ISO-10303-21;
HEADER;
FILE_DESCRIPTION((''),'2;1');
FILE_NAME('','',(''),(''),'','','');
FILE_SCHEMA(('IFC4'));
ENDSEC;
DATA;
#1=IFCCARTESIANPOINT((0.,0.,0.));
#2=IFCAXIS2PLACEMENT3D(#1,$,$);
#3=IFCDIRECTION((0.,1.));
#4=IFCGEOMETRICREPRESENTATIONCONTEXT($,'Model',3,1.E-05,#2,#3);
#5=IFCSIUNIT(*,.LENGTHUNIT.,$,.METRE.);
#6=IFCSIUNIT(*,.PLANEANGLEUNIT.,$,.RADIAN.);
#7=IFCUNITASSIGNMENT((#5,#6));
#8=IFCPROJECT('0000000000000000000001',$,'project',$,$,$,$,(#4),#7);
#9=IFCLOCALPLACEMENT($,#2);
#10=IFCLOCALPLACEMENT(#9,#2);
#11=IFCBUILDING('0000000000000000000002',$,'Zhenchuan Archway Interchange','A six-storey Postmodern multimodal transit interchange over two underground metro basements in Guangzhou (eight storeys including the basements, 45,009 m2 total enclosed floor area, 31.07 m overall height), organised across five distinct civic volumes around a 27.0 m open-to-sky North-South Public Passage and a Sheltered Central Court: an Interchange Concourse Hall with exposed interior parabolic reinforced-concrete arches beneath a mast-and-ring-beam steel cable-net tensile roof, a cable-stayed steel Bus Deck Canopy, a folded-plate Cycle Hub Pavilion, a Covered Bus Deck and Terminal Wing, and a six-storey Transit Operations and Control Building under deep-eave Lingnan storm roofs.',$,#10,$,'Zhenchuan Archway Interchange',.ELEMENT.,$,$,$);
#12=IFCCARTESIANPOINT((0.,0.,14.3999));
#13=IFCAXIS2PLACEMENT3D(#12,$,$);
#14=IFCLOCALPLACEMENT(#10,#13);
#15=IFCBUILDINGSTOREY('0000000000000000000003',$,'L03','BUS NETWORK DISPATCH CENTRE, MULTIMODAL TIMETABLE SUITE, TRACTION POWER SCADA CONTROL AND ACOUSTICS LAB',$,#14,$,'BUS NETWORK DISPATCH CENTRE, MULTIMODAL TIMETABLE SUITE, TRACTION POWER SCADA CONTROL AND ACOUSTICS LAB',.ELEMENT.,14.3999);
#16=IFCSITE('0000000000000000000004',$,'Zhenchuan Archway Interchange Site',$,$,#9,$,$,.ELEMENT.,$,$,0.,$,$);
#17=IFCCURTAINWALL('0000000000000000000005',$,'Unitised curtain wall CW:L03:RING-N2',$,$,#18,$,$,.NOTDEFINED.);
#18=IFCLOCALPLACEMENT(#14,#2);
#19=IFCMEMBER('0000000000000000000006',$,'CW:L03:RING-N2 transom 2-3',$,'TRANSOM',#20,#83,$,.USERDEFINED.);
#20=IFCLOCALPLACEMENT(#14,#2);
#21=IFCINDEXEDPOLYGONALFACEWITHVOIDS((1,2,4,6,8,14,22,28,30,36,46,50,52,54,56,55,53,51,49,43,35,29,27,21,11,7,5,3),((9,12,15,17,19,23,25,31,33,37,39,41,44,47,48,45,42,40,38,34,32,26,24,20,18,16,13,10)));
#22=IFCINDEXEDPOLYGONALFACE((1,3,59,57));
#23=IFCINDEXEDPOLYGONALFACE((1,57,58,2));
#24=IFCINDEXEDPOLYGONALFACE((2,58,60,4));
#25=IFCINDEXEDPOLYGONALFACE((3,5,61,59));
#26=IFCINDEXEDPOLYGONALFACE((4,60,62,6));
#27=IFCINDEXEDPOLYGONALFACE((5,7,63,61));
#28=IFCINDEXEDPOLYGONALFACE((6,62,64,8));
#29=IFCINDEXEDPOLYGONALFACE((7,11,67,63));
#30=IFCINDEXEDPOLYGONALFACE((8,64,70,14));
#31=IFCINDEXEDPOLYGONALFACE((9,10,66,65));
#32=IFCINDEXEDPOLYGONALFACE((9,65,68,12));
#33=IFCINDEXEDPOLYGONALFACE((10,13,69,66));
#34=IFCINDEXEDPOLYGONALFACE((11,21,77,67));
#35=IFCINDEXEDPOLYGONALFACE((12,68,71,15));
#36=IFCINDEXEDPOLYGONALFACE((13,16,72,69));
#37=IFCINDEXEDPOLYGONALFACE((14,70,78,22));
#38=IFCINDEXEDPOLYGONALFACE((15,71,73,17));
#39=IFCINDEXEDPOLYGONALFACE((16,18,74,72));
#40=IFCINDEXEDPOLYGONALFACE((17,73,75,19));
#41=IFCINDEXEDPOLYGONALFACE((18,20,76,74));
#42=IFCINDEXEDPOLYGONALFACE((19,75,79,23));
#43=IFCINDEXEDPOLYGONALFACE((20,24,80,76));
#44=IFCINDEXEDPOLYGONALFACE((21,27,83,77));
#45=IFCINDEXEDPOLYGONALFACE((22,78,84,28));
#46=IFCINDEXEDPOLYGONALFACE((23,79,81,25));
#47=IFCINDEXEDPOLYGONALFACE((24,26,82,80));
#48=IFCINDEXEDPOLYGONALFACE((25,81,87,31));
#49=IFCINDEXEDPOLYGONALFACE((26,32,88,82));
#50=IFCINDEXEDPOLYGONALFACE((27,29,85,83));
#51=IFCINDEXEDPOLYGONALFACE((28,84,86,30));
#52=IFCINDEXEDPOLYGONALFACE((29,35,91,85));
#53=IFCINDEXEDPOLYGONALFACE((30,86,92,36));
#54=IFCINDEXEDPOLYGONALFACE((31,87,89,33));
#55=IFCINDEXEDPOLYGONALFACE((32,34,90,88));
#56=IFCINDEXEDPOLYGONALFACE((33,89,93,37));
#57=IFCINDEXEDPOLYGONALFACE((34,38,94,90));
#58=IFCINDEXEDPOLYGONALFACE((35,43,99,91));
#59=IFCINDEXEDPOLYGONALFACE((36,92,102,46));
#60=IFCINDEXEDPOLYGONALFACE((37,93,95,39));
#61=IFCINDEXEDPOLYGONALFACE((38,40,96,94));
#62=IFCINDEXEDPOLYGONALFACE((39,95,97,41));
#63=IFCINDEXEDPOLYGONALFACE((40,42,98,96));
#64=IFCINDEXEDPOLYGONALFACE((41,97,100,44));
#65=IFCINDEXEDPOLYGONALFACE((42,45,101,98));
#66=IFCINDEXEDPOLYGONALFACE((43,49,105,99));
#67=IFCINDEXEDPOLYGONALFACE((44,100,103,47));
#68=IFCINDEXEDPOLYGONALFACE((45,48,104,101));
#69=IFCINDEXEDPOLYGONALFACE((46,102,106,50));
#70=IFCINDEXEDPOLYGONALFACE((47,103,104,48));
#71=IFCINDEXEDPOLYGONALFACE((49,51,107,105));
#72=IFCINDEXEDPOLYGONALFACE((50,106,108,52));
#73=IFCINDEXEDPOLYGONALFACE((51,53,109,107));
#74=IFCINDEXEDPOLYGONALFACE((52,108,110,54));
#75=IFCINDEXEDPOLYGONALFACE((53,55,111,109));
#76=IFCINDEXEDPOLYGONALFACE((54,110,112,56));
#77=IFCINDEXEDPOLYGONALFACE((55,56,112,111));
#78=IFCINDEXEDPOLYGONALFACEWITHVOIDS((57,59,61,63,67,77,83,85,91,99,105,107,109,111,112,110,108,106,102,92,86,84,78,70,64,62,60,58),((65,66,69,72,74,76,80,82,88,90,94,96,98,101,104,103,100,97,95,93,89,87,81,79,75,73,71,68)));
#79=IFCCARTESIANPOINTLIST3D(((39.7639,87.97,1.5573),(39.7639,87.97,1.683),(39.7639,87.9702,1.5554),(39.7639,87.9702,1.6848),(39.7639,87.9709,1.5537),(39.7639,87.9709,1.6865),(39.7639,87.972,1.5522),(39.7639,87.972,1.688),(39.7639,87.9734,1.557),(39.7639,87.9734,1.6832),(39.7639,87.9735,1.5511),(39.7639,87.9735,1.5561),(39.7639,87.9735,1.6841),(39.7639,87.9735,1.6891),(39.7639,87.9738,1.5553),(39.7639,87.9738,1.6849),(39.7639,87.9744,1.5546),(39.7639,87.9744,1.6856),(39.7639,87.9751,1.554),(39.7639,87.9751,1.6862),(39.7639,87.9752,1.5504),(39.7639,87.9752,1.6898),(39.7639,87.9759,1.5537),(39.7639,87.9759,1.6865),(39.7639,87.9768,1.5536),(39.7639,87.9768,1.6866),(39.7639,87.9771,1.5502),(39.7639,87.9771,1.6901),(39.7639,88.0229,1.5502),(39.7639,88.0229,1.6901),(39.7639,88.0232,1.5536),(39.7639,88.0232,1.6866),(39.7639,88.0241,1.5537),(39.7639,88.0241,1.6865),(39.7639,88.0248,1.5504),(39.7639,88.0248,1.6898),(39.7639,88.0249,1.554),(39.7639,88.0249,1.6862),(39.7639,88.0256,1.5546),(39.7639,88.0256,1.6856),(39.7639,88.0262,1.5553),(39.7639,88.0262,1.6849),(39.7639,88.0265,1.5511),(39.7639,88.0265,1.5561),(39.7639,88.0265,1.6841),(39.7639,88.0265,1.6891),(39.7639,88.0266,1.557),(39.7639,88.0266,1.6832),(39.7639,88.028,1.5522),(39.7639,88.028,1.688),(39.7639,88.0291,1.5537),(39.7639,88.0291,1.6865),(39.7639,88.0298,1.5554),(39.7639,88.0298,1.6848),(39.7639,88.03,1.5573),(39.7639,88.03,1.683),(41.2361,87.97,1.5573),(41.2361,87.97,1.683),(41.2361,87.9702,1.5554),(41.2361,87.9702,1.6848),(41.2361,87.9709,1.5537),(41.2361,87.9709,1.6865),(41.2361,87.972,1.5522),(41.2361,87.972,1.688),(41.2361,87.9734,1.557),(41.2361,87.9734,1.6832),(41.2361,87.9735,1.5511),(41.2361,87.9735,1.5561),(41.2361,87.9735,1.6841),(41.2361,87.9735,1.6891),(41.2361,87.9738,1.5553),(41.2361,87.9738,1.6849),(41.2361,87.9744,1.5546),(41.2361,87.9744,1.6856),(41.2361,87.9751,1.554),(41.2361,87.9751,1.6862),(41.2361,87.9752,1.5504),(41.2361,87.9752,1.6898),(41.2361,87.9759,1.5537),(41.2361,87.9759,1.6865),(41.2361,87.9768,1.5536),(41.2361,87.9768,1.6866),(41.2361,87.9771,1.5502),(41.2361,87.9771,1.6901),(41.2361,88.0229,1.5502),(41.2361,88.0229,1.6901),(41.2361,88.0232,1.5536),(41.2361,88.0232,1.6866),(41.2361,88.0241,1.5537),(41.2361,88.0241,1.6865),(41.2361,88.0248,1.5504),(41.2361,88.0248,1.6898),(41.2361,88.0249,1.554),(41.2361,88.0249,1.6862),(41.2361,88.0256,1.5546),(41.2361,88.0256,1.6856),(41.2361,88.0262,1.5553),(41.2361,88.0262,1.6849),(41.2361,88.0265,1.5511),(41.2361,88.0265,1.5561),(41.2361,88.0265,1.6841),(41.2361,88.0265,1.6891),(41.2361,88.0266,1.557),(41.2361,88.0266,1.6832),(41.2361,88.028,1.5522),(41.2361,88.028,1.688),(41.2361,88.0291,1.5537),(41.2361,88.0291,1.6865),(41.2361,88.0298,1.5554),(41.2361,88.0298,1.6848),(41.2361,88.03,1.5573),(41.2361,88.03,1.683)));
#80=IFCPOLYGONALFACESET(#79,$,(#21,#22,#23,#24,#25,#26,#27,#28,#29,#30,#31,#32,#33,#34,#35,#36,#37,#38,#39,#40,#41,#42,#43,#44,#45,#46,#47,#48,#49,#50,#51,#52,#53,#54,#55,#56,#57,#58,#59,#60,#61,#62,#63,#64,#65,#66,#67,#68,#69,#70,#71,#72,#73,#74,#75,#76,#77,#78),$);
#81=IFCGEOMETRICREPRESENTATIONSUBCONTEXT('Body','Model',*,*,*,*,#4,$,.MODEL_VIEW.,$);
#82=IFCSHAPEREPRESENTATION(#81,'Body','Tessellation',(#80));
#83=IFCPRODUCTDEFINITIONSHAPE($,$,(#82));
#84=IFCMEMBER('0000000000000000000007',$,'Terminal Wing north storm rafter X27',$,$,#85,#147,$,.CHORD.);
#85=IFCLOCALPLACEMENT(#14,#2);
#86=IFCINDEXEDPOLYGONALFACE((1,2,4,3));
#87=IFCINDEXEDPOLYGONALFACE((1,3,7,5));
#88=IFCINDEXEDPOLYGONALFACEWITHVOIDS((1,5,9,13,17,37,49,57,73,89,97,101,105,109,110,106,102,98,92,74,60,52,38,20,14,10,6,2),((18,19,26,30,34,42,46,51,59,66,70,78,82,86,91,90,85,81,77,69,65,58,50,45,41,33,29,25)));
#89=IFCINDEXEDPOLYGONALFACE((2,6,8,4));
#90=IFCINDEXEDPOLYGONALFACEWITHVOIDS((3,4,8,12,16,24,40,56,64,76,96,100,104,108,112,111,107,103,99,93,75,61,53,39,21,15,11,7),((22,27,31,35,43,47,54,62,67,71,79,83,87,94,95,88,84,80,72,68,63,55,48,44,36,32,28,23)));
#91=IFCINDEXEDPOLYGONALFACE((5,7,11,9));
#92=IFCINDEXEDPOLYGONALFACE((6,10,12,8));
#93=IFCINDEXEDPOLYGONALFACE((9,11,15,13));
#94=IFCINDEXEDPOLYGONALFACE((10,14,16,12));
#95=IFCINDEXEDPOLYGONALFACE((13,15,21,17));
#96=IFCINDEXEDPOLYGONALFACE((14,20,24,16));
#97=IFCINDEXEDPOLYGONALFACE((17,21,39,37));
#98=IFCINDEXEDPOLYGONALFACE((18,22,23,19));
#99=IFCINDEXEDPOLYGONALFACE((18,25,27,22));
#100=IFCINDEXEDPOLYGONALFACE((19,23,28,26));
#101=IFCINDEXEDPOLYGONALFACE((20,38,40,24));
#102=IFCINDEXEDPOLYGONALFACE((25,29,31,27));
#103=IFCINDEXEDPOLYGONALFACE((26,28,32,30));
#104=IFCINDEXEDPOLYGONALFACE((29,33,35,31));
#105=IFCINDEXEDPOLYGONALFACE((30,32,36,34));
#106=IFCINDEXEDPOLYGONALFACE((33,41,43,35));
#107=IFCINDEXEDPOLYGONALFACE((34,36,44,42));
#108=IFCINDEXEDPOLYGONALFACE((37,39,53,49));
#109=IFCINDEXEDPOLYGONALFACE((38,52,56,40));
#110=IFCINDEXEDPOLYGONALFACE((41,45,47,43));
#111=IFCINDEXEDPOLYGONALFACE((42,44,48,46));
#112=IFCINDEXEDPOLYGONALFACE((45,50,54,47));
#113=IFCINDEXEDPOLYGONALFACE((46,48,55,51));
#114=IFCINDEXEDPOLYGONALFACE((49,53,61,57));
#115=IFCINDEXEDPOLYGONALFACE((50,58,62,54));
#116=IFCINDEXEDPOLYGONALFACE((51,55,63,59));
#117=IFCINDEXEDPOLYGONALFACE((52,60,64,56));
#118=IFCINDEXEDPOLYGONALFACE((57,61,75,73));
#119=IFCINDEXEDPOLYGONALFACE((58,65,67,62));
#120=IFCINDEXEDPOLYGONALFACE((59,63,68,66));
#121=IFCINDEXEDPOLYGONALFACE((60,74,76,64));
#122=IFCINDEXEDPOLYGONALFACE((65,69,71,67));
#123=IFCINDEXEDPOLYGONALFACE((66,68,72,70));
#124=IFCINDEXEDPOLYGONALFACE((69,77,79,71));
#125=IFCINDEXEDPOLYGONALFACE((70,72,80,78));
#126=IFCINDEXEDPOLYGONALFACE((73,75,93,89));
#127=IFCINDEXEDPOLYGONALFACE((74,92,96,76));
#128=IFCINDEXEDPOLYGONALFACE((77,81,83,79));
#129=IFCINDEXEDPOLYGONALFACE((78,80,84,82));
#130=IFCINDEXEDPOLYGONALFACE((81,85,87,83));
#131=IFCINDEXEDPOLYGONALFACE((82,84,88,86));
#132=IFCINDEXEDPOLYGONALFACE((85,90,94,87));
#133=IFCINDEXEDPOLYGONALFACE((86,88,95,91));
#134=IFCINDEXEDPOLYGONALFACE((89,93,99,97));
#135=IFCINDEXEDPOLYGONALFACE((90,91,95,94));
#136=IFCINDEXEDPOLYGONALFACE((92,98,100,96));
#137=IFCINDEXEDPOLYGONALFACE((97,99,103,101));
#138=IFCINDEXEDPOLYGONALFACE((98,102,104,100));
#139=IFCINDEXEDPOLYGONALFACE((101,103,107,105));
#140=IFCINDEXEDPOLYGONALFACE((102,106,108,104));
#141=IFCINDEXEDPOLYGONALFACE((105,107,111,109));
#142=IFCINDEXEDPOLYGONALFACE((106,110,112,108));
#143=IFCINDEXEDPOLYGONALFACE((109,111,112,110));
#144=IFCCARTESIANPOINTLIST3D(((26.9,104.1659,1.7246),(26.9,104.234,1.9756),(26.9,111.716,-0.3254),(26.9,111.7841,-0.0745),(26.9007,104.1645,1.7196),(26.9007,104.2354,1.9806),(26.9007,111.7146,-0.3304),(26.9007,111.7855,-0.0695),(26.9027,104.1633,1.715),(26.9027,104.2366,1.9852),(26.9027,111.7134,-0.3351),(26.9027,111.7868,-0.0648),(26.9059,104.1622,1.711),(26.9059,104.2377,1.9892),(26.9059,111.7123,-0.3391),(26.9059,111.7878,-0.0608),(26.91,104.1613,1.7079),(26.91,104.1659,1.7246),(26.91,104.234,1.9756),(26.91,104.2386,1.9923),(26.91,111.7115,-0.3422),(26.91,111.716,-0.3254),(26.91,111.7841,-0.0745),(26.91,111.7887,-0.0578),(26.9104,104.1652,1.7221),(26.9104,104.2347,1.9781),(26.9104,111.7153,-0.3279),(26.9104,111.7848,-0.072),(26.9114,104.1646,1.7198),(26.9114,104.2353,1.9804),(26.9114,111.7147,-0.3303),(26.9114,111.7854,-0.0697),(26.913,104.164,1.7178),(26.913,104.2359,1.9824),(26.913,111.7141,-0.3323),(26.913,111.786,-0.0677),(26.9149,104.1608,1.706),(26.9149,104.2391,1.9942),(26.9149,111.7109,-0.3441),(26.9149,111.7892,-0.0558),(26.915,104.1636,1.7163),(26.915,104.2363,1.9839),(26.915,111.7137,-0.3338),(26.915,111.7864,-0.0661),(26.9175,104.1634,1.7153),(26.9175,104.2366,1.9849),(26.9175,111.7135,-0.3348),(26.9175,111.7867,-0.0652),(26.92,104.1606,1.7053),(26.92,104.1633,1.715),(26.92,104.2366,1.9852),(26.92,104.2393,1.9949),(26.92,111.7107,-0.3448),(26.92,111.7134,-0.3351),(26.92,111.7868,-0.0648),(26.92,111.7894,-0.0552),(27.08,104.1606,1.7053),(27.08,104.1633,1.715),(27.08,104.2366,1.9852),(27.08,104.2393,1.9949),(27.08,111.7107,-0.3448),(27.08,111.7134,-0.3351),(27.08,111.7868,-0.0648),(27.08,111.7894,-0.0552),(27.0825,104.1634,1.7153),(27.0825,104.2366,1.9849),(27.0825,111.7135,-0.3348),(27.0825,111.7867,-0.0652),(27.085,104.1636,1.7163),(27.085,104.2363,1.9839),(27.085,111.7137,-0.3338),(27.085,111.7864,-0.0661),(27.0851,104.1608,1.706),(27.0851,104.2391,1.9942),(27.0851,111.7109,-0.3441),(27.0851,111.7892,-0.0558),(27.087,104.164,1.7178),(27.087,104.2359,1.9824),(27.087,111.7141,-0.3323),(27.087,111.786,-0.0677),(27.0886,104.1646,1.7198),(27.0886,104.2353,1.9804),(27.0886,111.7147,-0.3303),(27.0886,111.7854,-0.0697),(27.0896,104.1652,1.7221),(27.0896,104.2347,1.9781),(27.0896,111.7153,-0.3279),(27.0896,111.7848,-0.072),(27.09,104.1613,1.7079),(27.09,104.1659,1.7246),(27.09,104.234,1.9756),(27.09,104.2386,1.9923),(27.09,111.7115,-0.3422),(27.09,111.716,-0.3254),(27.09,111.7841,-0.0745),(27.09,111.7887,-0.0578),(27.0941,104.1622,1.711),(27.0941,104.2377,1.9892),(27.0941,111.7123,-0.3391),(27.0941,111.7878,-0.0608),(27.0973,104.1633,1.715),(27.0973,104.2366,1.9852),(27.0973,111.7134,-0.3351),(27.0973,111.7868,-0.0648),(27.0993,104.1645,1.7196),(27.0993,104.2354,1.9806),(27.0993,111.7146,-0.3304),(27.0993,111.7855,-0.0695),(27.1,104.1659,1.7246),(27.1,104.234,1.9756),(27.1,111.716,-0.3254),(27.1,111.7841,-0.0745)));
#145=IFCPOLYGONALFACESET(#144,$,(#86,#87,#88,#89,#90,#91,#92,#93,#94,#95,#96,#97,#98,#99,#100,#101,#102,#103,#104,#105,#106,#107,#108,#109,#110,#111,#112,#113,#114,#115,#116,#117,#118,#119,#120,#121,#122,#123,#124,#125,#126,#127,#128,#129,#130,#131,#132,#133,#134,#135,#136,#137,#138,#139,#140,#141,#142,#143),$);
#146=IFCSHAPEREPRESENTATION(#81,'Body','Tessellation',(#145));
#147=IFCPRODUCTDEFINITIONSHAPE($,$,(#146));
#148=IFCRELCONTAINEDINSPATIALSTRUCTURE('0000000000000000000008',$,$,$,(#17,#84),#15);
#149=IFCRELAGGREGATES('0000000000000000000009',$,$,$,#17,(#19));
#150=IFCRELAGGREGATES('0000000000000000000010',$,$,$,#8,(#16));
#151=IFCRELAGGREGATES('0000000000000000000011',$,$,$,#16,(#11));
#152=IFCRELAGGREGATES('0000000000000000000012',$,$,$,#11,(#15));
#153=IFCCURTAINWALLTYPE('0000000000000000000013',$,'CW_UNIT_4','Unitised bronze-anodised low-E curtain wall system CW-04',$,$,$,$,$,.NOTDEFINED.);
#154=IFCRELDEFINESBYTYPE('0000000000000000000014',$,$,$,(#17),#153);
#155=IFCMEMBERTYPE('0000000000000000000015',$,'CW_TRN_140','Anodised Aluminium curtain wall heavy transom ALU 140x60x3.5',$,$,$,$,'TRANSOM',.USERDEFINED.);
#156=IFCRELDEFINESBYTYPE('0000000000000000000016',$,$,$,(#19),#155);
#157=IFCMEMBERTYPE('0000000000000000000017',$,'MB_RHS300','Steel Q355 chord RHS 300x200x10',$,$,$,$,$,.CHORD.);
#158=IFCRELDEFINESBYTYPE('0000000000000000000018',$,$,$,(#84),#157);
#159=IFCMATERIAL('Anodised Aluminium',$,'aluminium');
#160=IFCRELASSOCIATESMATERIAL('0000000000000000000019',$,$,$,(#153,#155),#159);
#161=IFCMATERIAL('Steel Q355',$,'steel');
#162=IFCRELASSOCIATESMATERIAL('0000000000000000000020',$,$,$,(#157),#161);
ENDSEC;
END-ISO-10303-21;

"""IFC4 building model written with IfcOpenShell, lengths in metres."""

from ifc_helpers import new_model, si_unit, direction, frame, origin, origin_2d, place, context, subcontext, project, spatial, hollow_rectangle, extrude, material, material_profile, profile_set, type_object, element, aggregate, save


model = new_model("IFC4")

# Units and contexts
model_context = context("Model", 3, precision=1e-05, world=origin(), true_north=direction((0.0, 1.0)))
body_context = subcontext(model_context, "Body", "Model", "MODEL_VIEW")
ifc_project = project(units=[si_unit("LENGTHUNIT", "METRE"), si_unit("PLANEANGLEUNIT", "RADIAN")], contexts=[model_context])

# Site, building, storey
site_placement = place(None, origin())
site = spatial("IfcSite", under=ifc_project, at=site_placement, Name="Zhenchuan Archway Interchange Site", CompositionType="ELEMENT", RefElevation=0.0)
building_placement = place(site_placement, origin())
building = spatial("IfcBuilding", under=site, at=building_placement, Name="Zhenchuan Archway Interchange", Description="A six-storey Postmodern multimodal transit interchange over two underground metro basements in Guangzhou (eight storeys including the basements, 45,009 m2 total enclosed floor area, 31.07 m overall height), organised across five distinct civic volumes around a 27.0 m open-to-sky North-South Public Passage and a Sheltered Central Court: an Interchange Concourse Hall with exposed interior parabolic reinforced-concrete arches beneath a mast-and-ring-beam steel cable-net tensile roof, a cable-stayed steel Bus Deck Canopy, a folded-plate Cycle Hub Pavilion, a Covered Bus Deck and Terminal Wing, and a six-storey Transit Operations and Control Building under deep-eave Lingnan storm roofs.", LongName="Zhenchuan Archway Interchange", CompositionType="ELEMENT")
storey_placement = place(building_placement, frame((0.0, 0.0, 14.3999)))
storey = spatial("IfcBuildingStorey", under=building, at=storey_placement, Name="L03", Description="BUS NETWORK DISPATCH CENTRE, MULTIMODAL TIMETABLE SUITE, TRACTION POWER SCADA CONTROL AND ACOUSTICS LAB", LongName="BUS NETWORK DISPATCH CENTRE, MULTIMODAL TIMETABLE SUITE, TRACTION POWER SCADA CONTROL AND ACOUSTICS LAB", CompositionType="ELEMENT", Elevation=14.3999)

# Shared definitions
ifc_material_1 = material(Name="Steel Q355", Category="steel")

# Shared definitions
ifc_material_2 = material(Name="Anodised Aluminium", Category="aluminium")
curtain_wall_type = type_object("IfcCurtainWallType", Name="CW_UNIT_4", Description="Unitised bronze-anodised low-E curtain wall system CW-04", PredefinedType="NOTDEFINED", material=ifc_material_2)

# Curtain wall, member
curtain_wall_1_placement = place(storey_placement, origin())
curtain_wall_1 = element("IfcCurtainWall", 1, at=curtain_wall_1_placement, inside=storey, type_object=curtain_wall_type, Name="Unitised curtain wall CW:L03:RING-N2", PredefinedType="NOTDEFINED")
ifc_material_profile_1 = material_profile(ifc_material_2, hollow_rectangle(XDim=0.0601, YDim=0.1399, WallThickness=0.0034, InnerFilletRadius=0.0034, OuterFilletRadius=0.0071, at=origin_2d()), Name="ALU 140x60x3.5")
ifc_profile_set_1 = profile_set([ifc_material_profile_1], Name="Anodised Aluminium")
member_type_1 = type_object("IfcMemberType", Name="CW_TRN_140", Description="Anodised Aluminium curtain wall heavy transom ALU 140x60x3.5", ElementType="TRANSOM", PredefinedType="USERDEFINED", material=ifc_profile_set_1)
member_1_placement = place(storey_placement, frame((39.7639, 88.0, 1.6201), z_axis=(1.0, 0.0, 0.0), x_axis=(0.0, 1.0, 0.0)))
member_1 = element("IfcMember", 2, at=member_1_placement, type_object=member_type_1, Name="CW:L03:RING-N2 transom 2-3", ObjectType="TRANSOM", PredefinedType="USERDEFINED", context=body_context, shape_type="SweptSolid", body=[
    extrude(hollow_rectangle(XDim=0.0601, YDim=0.1399, WallThickness=0.0034, InnerFilletRadius=0.0034, OuterFilletRadius=0.0071, at=origin_2d()), origin(), (0.0, 0.0, 1.0), 1.4722),
])

# Member
ifc_material_profile_2 = material_profile(ifc_material_1, hollow_rectangle(XDim=0.2, YDim=0.3, WallThickness=0.01, InnerFilletRadius=0.01, OuterFilletRadius=0.02, at=origin_2d()), Name="RHS 300x200x10")
ifc_profile_set_2 = profile_set([ifc_material_profile_2], Name="Steel Q355")
member_type_2 = type_object("IfcMemberType", Name="MB_RHS300", Description="Steel Q355 chord RHS 300x200x10", PredefinedType="CHORD", material=ifc_profile_set_2)
for number, where, z_axis, x_axis, name in (
    (3, (27.0, 104.2, 1.8501), (0.0, 0.965057, -0.26204), (-1.0, 0.0, 0.0), "Terminal Wing north storm rafter X27"),
):
    element("IfcMember", number, at=place(storey_placement, frame(where, z_axis=z_axis, x_axis=x_axis)), inside=storey, type_object=member_type_2, Name=name, PredefinedType="CHORD", context=body_context, shape_type="SweptSolid", body=[
        extrude(hollow_rectangle(XDim=0.2, YDim=0.3, WallThickness=0.01, InnerFilletRadius=0.01, OuterFilletRadius=0.02, at=origin_2d()), origin(), (0.0, 0.0, 1.0), 7.8235),
    ])

aggregate(curtain_wall_1, [member_1])

save(model, "model.ifc")
